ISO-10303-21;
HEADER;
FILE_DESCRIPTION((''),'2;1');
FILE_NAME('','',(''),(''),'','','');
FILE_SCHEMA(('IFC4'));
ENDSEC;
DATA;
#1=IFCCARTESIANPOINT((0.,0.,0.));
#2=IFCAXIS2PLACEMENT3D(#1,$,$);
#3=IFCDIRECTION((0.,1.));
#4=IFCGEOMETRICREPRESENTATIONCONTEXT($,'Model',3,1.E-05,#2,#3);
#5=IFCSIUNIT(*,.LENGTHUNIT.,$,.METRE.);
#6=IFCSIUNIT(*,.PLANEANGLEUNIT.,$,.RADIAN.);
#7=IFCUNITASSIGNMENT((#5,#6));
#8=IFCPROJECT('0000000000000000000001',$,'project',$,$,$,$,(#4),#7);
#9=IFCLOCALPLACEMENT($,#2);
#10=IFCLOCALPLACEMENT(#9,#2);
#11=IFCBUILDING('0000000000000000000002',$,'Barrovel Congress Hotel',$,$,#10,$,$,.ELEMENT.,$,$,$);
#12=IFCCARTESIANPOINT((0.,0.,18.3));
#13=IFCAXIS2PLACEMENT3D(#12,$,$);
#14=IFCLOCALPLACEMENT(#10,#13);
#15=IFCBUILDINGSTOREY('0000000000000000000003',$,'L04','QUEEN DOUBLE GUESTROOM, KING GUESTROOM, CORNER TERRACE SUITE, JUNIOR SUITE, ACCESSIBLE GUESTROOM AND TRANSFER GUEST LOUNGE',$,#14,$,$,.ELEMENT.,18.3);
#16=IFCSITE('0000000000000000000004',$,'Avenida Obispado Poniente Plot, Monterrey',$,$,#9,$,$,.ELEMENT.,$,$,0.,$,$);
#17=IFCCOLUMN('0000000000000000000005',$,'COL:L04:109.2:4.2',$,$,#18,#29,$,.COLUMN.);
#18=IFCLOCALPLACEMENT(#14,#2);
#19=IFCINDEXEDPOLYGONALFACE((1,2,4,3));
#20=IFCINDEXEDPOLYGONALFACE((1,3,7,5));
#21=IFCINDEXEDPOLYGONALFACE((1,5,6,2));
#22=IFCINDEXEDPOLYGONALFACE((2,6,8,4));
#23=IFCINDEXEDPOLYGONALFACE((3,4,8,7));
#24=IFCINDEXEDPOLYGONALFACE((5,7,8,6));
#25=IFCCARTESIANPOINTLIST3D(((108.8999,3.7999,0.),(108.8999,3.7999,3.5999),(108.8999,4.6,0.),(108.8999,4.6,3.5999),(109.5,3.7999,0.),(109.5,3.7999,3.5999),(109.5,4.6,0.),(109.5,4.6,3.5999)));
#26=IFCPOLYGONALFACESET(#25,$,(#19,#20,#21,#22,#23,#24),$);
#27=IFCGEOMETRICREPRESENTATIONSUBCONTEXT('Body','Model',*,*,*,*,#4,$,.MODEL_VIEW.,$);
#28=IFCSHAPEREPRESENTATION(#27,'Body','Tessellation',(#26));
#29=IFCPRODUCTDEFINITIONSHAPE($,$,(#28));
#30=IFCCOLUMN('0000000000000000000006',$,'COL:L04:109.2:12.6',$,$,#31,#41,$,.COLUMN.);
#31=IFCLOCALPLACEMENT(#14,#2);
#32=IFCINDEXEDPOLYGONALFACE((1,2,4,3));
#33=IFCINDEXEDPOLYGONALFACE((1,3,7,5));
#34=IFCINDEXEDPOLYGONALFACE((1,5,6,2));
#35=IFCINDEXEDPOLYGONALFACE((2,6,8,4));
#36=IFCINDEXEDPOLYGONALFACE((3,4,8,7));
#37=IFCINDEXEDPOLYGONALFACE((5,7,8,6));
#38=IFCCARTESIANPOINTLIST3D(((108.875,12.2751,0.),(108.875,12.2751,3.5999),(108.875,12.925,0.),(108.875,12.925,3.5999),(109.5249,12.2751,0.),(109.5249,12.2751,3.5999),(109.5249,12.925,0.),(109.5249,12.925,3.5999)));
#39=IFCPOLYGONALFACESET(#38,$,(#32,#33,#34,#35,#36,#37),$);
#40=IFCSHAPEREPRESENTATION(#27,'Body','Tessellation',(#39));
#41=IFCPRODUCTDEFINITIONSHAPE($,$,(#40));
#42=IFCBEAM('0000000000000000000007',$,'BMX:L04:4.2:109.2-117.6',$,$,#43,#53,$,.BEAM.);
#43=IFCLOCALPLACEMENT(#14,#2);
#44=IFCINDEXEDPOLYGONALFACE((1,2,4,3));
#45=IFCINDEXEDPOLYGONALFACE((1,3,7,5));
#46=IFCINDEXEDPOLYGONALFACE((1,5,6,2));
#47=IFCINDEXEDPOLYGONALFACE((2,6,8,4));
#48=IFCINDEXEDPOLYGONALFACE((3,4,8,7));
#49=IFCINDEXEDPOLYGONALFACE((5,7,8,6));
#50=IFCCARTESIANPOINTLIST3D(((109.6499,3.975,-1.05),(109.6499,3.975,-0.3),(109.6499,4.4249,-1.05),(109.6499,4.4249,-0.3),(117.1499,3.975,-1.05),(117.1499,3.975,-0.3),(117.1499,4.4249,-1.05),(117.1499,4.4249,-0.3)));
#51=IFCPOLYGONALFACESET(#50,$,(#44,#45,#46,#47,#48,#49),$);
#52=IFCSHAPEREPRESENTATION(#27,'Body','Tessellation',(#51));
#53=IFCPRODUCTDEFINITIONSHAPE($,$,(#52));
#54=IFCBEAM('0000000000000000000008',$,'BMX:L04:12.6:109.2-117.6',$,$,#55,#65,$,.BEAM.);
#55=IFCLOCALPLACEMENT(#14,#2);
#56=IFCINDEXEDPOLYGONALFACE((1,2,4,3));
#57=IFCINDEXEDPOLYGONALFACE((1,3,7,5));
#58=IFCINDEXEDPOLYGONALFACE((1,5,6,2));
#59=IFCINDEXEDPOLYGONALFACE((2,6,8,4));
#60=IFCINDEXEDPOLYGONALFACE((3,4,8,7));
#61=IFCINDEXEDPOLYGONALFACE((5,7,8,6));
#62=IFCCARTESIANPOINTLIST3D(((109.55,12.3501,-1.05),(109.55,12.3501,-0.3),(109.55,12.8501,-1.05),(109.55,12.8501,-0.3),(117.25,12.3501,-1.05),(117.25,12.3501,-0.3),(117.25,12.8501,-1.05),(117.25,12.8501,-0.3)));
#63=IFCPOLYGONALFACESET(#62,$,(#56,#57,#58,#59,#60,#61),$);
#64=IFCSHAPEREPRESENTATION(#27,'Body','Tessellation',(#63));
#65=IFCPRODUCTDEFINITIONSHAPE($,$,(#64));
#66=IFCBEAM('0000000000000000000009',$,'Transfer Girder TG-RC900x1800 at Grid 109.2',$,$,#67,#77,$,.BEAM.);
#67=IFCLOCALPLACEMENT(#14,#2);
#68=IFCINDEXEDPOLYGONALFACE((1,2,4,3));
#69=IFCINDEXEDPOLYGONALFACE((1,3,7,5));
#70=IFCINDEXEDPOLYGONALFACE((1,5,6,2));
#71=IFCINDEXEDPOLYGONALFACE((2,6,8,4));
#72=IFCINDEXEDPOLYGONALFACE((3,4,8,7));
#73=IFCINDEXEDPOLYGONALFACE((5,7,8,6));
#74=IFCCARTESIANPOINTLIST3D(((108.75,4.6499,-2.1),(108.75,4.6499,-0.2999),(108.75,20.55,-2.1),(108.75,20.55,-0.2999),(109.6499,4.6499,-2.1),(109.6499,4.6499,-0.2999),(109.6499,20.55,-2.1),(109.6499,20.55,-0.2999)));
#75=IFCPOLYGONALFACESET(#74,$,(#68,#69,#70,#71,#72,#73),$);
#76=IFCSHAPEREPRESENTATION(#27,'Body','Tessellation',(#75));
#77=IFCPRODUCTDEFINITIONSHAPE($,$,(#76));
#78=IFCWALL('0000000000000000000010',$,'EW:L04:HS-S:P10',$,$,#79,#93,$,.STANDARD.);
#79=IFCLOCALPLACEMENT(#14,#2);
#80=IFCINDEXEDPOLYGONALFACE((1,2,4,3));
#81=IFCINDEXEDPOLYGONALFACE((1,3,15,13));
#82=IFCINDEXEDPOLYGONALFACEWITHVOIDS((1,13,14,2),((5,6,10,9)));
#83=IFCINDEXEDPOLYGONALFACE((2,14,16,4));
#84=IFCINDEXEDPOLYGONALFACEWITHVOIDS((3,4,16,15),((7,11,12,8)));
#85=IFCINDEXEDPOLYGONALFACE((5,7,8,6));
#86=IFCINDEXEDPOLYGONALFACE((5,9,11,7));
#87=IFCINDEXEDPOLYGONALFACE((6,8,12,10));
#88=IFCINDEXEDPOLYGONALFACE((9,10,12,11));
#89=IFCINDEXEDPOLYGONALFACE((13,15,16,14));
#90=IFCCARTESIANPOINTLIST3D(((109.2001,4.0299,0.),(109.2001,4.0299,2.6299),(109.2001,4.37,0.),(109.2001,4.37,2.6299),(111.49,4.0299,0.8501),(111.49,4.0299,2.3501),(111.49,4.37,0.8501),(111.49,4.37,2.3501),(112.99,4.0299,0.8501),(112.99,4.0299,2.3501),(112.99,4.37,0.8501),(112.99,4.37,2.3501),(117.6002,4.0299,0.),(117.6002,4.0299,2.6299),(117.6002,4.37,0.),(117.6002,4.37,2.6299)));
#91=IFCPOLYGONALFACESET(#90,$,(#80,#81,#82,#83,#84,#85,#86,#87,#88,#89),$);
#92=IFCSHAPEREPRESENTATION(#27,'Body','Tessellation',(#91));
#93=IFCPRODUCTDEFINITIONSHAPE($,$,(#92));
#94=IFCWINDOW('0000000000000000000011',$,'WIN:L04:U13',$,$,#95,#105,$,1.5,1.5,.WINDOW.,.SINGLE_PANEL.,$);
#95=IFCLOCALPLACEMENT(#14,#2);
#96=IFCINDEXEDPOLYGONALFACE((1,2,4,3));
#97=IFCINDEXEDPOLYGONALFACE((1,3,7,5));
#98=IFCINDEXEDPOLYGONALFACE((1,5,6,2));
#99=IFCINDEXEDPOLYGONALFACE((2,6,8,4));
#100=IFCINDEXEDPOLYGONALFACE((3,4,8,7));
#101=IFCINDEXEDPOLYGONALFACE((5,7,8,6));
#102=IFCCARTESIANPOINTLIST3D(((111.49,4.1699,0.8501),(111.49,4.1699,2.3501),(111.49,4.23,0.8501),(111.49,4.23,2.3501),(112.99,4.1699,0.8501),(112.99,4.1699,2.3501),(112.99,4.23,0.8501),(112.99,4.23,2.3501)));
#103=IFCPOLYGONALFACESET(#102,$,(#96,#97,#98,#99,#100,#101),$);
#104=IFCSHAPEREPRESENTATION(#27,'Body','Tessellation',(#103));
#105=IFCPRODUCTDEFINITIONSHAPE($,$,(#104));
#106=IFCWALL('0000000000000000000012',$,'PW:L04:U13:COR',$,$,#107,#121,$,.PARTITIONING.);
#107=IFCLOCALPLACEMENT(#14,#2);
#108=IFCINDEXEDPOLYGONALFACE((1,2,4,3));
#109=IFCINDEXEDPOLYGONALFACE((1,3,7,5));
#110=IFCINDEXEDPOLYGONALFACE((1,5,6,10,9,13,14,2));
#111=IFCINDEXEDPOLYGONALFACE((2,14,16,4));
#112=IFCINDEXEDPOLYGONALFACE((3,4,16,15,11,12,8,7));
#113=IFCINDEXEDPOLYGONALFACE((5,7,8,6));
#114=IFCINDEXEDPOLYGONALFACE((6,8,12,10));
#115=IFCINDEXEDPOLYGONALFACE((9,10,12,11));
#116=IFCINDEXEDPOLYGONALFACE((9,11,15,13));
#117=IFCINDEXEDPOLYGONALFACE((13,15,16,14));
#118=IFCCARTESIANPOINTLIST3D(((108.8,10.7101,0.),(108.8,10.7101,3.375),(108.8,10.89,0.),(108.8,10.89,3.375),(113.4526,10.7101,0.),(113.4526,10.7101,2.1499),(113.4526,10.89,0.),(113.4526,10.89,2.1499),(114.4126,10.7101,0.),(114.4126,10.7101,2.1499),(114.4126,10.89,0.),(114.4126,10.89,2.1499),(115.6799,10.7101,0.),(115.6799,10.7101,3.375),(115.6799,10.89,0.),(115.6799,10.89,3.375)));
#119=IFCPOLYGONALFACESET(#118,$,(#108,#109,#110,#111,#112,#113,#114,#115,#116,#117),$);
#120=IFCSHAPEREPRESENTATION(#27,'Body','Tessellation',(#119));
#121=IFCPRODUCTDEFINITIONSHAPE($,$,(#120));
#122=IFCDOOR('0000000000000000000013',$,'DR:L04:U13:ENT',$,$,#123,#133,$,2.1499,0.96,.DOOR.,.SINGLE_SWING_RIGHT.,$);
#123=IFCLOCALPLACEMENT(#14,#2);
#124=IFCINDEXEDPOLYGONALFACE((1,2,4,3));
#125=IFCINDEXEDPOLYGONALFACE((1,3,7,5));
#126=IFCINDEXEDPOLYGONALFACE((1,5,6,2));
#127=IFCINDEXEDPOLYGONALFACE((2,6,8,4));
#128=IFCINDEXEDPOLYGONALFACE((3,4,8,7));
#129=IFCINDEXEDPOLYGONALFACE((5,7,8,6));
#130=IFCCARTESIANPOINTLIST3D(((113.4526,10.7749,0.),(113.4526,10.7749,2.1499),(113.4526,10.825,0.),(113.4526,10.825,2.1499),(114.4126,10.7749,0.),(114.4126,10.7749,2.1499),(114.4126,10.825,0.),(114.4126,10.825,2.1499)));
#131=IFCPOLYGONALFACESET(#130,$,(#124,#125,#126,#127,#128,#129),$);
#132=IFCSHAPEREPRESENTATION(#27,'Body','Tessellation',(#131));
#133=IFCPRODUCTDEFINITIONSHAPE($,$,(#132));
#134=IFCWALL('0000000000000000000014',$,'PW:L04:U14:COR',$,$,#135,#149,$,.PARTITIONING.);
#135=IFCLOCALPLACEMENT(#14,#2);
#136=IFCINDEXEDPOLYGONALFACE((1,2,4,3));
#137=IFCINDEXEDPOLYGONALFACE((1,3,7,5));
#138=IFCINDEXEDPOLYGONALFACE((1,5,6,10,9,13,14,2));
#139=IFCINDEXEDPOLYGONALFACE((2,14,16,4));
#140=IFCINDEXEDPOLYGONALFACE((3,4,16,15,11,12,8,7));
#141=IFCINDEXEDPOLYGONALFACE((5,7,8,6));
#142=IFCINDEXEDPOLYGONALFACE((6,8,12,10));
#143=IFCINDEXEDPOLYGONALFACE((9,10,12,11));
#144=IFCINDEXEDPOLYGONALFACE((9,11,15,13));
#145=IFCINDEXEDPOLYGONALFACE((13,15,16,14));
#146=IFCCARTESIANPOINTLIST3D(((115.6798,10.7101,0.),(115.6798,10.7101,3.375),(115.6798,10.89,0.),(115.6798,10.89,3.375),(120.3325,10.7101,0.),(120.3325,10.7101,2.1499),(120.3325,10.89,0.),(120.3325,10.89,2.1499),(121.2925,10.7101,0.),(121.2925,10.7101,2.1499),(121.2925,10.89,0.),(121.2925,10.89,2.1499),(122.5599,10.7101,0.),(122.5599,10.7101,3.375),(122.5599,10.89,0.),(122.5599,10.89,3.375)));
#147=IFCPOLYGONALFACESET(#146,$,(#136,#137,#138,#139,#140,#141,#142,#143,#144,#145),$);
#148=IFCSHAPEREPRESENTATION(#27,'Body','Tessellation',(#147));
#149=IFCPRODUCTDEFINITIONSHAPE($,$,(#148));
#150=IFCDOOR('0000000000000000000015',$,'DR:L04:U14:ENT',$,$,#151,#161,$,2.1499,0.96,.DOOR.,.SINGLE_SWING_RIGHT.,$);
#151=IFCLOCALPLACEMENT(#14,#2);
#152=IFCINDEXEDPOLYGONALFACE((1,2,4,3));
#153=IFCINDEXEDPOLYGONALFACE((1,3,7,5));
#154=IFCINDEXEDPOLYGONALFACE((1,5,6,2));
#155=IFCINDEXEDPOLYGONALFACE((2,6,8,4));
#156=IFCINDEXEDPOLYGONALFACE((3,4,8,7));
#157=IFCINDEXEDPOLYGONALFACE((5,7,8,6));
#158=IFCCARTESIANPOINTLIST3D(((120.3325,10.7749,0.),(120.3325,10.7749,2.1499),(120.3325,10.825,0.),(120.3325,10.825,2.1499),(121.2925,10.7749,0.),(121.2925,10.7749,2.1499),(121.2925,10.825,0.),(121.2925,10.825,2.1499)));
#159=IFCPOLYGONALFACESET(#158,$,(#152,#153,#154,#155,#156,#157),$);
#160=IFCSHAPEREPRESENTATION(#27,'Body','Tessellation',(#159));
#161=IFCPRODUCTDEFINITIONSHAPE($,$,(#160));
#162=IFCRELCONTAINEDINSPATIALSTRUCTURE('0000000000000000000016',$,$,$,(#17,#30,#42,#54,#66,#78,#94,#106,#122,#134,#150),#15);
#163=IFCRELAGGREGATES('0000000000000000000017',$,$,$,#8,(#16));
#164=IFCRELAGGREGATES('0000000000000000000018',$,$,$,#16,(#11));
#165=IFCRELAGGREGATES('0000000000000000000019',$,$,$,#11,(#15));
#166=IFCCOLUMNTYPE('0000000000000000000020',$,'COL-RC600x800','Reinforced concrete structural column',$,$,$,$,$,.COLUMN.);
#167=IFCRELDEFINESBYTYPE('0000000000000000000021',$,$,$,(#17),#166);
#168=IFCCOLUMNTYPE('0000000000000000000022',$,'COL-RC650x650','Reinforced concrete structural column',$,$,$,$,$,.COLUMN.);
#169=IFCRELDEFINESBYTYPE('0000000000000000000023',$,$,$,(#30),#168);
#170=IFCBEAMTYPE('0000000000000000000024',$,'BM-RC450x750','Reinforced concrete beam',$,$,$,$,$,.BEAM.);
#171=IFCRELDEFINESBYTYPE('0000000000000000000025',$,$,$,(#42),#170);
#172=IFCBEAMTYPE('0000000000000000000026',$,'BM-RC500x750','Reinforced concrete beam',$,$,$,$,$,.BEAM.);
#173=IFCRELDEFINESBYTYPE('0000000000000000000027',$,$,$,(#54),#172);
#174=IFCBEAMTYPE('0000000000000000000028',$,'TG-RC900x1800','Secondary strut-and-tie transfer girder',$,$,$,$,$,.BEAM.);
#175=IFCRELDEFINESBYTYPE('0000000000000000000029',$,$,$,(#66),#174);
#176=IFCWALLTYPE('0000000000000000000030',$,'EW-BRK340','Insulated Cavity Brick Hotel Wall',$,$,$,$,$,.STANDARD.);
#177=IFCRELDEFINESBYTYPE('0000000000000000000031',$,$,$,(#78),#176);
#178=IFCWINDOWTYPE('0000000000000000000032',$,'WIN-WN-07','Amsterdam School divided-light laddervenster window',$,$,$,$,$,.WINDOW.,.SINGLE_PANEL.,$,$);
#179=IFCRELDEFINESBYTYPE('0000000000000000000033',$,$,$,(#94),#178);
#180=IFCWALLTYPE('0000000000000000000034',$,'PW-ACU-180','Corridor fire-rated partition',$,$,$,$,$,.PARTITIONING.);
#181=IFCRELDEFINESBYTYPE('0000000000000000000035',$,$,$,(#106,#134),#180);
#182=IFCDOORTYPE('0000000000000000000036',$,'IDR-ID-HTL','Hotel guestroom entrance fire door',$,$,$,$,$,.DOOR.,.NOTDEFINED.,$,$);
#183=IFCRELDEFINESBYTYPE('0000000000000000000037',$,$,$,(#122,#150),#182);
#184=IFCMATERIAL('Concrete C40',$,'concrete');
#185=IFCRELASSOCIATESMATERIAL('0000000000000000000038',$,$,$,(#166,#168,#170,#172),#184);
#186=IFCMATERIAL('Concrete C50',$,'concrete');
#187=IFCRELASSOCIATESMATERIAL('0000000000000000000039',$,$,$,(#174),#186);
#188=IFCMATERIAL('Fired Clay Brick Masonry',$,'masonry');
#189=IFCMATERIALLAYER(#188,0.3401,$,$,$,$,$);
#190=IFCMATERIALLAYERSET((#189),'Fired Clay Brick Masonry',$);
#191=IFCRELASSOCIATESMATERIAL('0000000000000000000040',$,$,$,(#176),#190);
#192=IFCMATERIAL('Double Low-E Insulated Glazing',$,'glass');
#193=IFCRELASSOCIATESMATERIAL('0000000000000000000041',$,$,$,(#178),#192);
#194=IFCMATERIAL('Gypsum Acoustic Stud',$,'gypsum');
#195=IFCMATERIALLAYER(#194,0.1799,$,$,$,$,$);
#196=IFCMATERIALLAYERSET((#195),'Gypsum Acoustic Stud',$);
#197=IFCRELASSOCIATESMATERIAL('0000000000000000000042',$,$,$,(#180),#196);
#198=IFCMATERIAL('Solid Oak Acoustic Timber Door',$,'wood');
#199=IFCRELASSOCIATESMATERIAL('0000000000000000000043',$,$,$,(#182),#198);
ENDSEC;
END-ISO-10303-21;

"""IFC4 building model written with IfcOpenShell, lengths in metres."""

from ifc_helpers import new_model, si_unit, direction, frame, frame_2d, origin, origin_2d, place, context, subcontext, project, spatial, rectangle, extrude, material, layer, layer_set, material_profile, profile_set, type_object, element, fill, save


model = new_model("IFC4")

# Units and contexts
model_context = context("Model", 3, precision=1e-05, world=origin(), true_north=direction((0.0, 1.0)))
body_context = subcontext(model_context, "Body", "Model", "MODEL_VIEW")
ifc_project = project(units=[si_unit("LENGTHUNIT", "METRE"), si_unit("PLANEANGLEUNIT", "RADIAN")], contexts=[model_context])

# Site, building, storey
site_placement = place(None, origin())
site = spatial("IfcSite", under=ifc_project, at=site_placement, Name="Avenida Obispado Poniente Plot, Monterrey", CompositionType="ELEMENT", RefElevation=0.0)
building_placement = place(site_placement, origin())
building = spatial("IfcBuilding", under=site, at=building_placement, Name="Barrovel Congress Hotel", CompositionType="ELEMENT")
storey_placement = place(building_placement, frame((0.0, 0.0, 18.3)))
storey = spatial("IfcBuildingStorey", under=building, at=storey_placement, Name="L04", Description="QUEEN DOUBLE GUESTROOM, KING GUESTROOM, CORNER TERRACE SUITE, JUNIOR SUITE, ACCESSIBLE GUESTROOM AND TRANSFER GUEST LOUNGE", CompositionType="ELEMENT", Elevation=18.3)

# Columns
ifc_material_1 = material(Name="Concrete C40", Category="concrete")
ifc_material_profile_1 = material_profile(ifc_material_1, rectangle(XDim=0.6001, YDim=0.8, at=origin_2d()), Name="RC600x800")
ifc_profile_set_1 = profile_set([ifc_material_profile_1], Name="Concrete C40")
column_type_1 = type_object("IfcColumnType", Name="COL-RC600x800", Description="Reinforced concrete structural column", PredefinedType="COLUMN", material=ifc_profile_set_1)
column_1_placement = place(storey_placement, frame((109.2, 4.2, 0.0), z_axis=(0.0, 0.0, 1.0), x_axis=(1.0, 0.0, 0.0)))
element("IfcColumn", 1, at=column_1_placement, inside=storey, type_object=column_type_1, Name="COL:L04:109.2:4.2", PredefinedType="COLUMN", context=body_context, shape_type="SweptSolid", body=[
    extrude(rectangle(XDim=0.6001, YDim=0.8, at=origin_2d()), origin(), (0.0, 0.0, 1.0), 3.5999),
])
ifc_material_profile_2 = material_profile(ifc_material_1, rectangle(XDim=0.6499, YDim=0.6499, at=origin_2d()), Name="RC650x650")
ifc_profile_set_2 = profile_set([ifc_material_profile_2], Name="Concrete C40")
column_type_2 = type_object("IfcColumnType", Name="COL-RC650x650", Description="Reinforced concrete structural column", PredefinedType="COLUMN", material=ifc_profile_set_2)
column_2_placement = place(storey_placement, frame((109.2, 12.6001, 0.0), z_axis=(0.0, 0.0, 1.0), x_axis=(1.0, 0.0, 0.0)))
element("IfcColumn", 2, at=column_2_placement, inside=storey, type_object=column_type_2, Name="COL:L04:109.2:12.6", PredefinedType="COLUMN", context=body_context, shape_type="SweptSolid", body=[
    extrude(rectangle(XDim=0.6499, YDim=0.6499, at=origin_2d()), origin(), (0.0, 0.0, 1.0), 3.5999),
])

# Beams
ifc_material_profile_3 = material_profile(ifc_material_1, rectangle(XDim=0.45, YDim=0.75, at=origin_2d()), Name="RC450x750")
ifc_profile_set_3 = profile_set([ifc_material_profile_3], Name="Concrete C40")
beam_type_1 = type_object("IfcBeamType", Name="BM-RC450x750", Description="Reinforced concrete beam", PredefinedType="BEAM", material=ifc_profile_set_3)
beam_1_placement = place(storey_placement, frame((109.6499, 4.2, -0.675), z_axis=(1.0, 0.0, 0.0), x_axis=(0.0, 1.0, 0.0)))
element("IfcBeam", 3, at=beam_1_placement, inside=storey, type_object=beam_type_1, Name="BMX:L04:4.2:109.2-117.6", PredefinedType="BEAM", context=body_context, shape_type="SweptSolid", body=[
    extrude(rectangle(XDim=0.45, YDim=0.75, at=origin_2d()), origin(), (0.0, 0.0, 1.0), 7.5),
])
ifc_material_profile_4 = material_profile(ifc_material_1, rectangle(XDim=0.5, YDim=0.75, at=origin_2d()), Name="RC500x750")
ifc_profile_set_4 = profile_set([ifc_material_profile_4], Name="Concrete C40")
beam_type_2 = type_object("IfcBeamType", Name="BM-RC500x750", Description="Reinforced concrete beam", PredefinedType="BEAM", material=ifc_profile_set_4)
beam_2_placement = place(storey_placement, frame((109.55, 12.6001, -0.675), z_axis=(1.0, 0.0, 0.0), x_axis=(0.0, 1.0, 0.0)))
element("IfcBeam", 4, at=beam_2_placement, inside=storey, type_object=beam_type_2, Name="BMX:L04:12.6:109.2-117.6", PredefinedType="BEAM", context=body_context, shape_type="SweptSolid", body=[
    extrude(rectangle(XDim=0.5, YDim=0.75, at=origin_2d()), origin(), (0.0, 0.0, 1.0), 7.7),
])
ifc_material_2 = material(Name="Concrete C50", Category="concrete")
ifc_material_profile_5 = material_profile(ifc_material_2, rectangle(XDim=0.8999, YDim=1.8, at=origin_2d()), Name="RC900x1800")
ifc_profile_set_5 = profile_set([ifc_material_profile_5], Name="Concrete C50")
beam_type_3 = type_object("IfcBeamType", Name="TG-RC900x1800", Description="Secondary strut-and-tie transfer girder", PredefinedType="BEAM", material=ifc_profile_set_5)
beam_3_placement = place(storey_placement, frame((109.2, 4.6499, -1.2), z_axis=(0.0, 1.0, 0.0), x_axis=(-1.0, 0.0, 0.0)))
element("IfcBeam", 5, at=beam_3_placement, inside=storey, type_object=beam_type_3, Name="Transfer Girder TG-RC900x1800 at Grid 109.2", PredefinedType="BEAM", context=body_context, shape_type="SweptSolid", body=[
    extrude(rectangle(XDim=0.8999, YDim=1.8, at=origin_2d()), origin(), (0.0, 0.0, 1.0), 15.9001),
])

# Wall, opening, window
ifc_material_3 = material(Name="Fired Clay Brick Masonry", Category="masonry")
ifc_layer_1 = layer(ifc_material_3, 0.3401)
ifc_layer_set_1 = layer_set([ifc_layer_1], Name="Fired Clay Brick Masonry")
wall_type_1 = type_object("IfcWallType", Name="EW-BRK340", Description="Insulated Cavity Brick Hotel Wall", PredefinedType="STANDARD", material=ifc_layer_set_1)
wall_1_placement = place(storey_placement, frame((109.2, 4.2, 0.0), z_axis=(0.0, 0.0, 1.0), x_axis=(1.0, 0.0, 0.0)))
wall_1 = element("IfcWall", 6, at=wall_1_placement, inside=storey, type_object=wall_type_1, Name="EW:L04:HS-S:P10", PredefinedType="STANDARD", context=body_context, shape_type="SweptSolid", body=[
    extrude(rectangle(XDim=8.4001, YDim=0.3401, at=frame_2d((4.2002, 0.0))), origin(), (0.0, 0.0, 1.0), 2.6299),
])
opening_1_placement = place(wall_1_placement, frame((2.29, 0.0, 0.8501)))
opening_1 = element("IfcOpeningElement", 7, at=opening_1_placement, cuts=wall_1, PredefinedType="OPENING", context=body_context, shape_type="SweptSolid", body=[
    extrude(rectangle(XDim=1.5, YDim=1.5, at=frame_2d((0.75, 0.75))), frame((0.0, 0.1802, 0.0), z_axis=(0.0, -1.0, 0.0), x_axis=(1.0, 0.0, 0.0)), (0.0, 0.0, 1.0), 0.3601),
])
ifc_material_4 = material(Name="Double Low-E Insulated Glazing", Category="glass")
window_type = type_object("IfcWindowType", Name="WIN-WN-07", Description="Amsterdam School divided-light laddervenster window", PartitioningType="SINGLE_PANEL", PredefinedType="WINDOW", material=ifc_material_4)
window_placement = place(opening_1_placement, origin())
window = element("IfcWindow", 8, at=window_placement, inside=storey, type_object=window_type, Name="WIN:L04:U13", OverallHeight=1.5, OverallWidth=1.5, PartitioningType="SINGLE_PANEL", PredefinedType="WINDOW", context=body_context, shape_type="SweptSolid", body=[
    extrude(rectangle(XDim=1.5, YDim=1.5, at=frame_2d((0.75, 0.75))), frame((0.0, 0.03, 0.0), z_axis=(0.0, -1.0, 0.0), x_axis=(1.0, 0.0, 0.0)), (0.0, 0.0, 1.0), 0.0601),
])
fill(opening_1, window)

# Walls, openings, doors
ifc_material_5 = material(Name="Gypsum Acoustic Stud", Category="gypsum")
ifc_layer_2 = layer(ifc_material_5, 0.1799)
ifc_layer_set_2 = layer_set([ifc_layer_2], Name="Gypsum Acoustic Stud")
wall_type_2 = type_object("IfcWallType", Name="PW-ACU-180", Description="Corridor fire-rated partition", PredefinedType="PARTITIONING", material=ifc_layer_set_2)
wall_2_placement = place(storey_placement, frame((108.8, 10.8, 0.0), z_axis=(0.0, 0.0, 1.0), x_axis=(1.0, 0.0, 0.0)))
wall_2 = element("IfcWall", 9, at=wall_2_placement, inside=storey, type_object=wall_type_2, Name="PW:L04:U13:COR", PredefinedType="PARTITIONING", context=body_context, shape_type="SweptSolid", body=[
    extrude(rectangle(XDim=6.8799, YDim=0.1799, at=frame_2d((3.4399, 0.0))), origin(), (0.0, 0.0, 1.0), 3.375),
])
opening_2_placement = place(wall_2_placement, frame((4.6526, 0.0, 0.0)))
opening_2 = element("IfcOpeningElement", 10, at=opening_2_placement, cuts=wall_2, PredefinedType="OPENING", context=body_context, shape_type="SweptSolid", body=[
    extrude(rectangle(XDim=0.96, YDim=2.1499, at=frame_2d((0.48, 1.075))), frame((0.0, 0.1001, 0.0), z_axis=(0.0, -1.0, 0.0), x_axis=(1.0, 0.0, 0.0)), (0.0, 0.0, 1.0), 0.2),
])
ifc_material_6 = material(Name="Solid Oak Acoustic Timber Door", Category="wood")
door_type_1 = type_object("IfcDoorType", Name="IDR-ID-HTL", Description="Hotel guestroom entrance fire door", OperationType="NOTDEFINED", PredefinedType="DOOR", material=ifc_material_6)
door_1_placement = place(opening_2_placement, origin())
door_1 = element("IfcDoor", 11, at=door_1_placement, inside=storey, type_object=door_type_1, Name="DR:L04:U13:ENT", OperationType="SINGLE_SWING_RIGHT", OverallHeight=2.1499, OverallWidth=0.96, PredefinedType="DOOR", context=body_context, shape_type="SweptSolid", body=[
    extrude(rectangle(XDim=0.96, YDim=2.1499, at=frame_2d((0.48, 1.075))), frame((0.0, 0.0249, 0.0), z_axis=(0.0, -1.0, 0.0), x_axis=(1.0, 0.0, 0.0)), (0.0, 0.0, 1.0), 0.05),
])
fill(opening_2, door_1)
wall_3_placement = place(storey_placement, frame((115.6799, 10.8, 0.0), z_axis=(0.0, 0.0, 1.0), x_axis=(1.0, 0.0, 0.0)))
wall_3 = element("IfcWall", 12, at=wall_3_placement, inside=storey, type_object=wall_type_2, Name="PW:L04:U14:COR", PredefinedType="PARTITIONING", context=body_context, shape_type="SweptSolid", body=[
    extrude(rectangle(XDim=6.8801, YDim=0.1799, at=frame_2d((3.4399, 0.0))), origin(), (0.0, 0.0, 1.0), 3.375),
])
opening_3_placement = place(wall_3_placement, frame((4.6526, 0.0, 0.0)))
opening_3 = element("IfcOpeningElement", 13, at=opening_3_placement, cuts=wall_3, PredefinedType="OPENING", context=body_context, shape_type="SweptSolid", body=[
    extrude(rectangle(XDim=0.96, YDim=2.1499, at=frame_2d((0.48, 1.075))), frame((0.0, 0.1001, 0.0), z_axis=(0.0, -1.0, 0.0), x_axis=(1.0, 0.0, 0.0)), (0.0, 0.0, 1.0), 0.2),
])
door_2_placement = place(opening_3_placement, origin())
door_2 = element("IfcDoor", 14, at=door_2_placement, inside=storey, type_object=door_type_1, Name="DR:L04:U14:ENT", OperationType="SINGLE_SWING_RIGHT", OverallHeight=2.1499, OverallWidth=0.96, PredefinedType="DOOR", context=body_context, shape_type="SweptSolid", body=[
    extrude(rectangle(XDim=0.96, YDim=2.1499, at=frame_2d((0.48, 1.075))), frame((0.0, 0.0249, 0.0), z_axis=(0.0, -1.0, 0.0), x_axis=(1.0, 0.0, 0.0)), (0.0, 0.0, 1.0), 0.05),
])
fill(opening_3, door_2)

save(model, "model.ifc")
